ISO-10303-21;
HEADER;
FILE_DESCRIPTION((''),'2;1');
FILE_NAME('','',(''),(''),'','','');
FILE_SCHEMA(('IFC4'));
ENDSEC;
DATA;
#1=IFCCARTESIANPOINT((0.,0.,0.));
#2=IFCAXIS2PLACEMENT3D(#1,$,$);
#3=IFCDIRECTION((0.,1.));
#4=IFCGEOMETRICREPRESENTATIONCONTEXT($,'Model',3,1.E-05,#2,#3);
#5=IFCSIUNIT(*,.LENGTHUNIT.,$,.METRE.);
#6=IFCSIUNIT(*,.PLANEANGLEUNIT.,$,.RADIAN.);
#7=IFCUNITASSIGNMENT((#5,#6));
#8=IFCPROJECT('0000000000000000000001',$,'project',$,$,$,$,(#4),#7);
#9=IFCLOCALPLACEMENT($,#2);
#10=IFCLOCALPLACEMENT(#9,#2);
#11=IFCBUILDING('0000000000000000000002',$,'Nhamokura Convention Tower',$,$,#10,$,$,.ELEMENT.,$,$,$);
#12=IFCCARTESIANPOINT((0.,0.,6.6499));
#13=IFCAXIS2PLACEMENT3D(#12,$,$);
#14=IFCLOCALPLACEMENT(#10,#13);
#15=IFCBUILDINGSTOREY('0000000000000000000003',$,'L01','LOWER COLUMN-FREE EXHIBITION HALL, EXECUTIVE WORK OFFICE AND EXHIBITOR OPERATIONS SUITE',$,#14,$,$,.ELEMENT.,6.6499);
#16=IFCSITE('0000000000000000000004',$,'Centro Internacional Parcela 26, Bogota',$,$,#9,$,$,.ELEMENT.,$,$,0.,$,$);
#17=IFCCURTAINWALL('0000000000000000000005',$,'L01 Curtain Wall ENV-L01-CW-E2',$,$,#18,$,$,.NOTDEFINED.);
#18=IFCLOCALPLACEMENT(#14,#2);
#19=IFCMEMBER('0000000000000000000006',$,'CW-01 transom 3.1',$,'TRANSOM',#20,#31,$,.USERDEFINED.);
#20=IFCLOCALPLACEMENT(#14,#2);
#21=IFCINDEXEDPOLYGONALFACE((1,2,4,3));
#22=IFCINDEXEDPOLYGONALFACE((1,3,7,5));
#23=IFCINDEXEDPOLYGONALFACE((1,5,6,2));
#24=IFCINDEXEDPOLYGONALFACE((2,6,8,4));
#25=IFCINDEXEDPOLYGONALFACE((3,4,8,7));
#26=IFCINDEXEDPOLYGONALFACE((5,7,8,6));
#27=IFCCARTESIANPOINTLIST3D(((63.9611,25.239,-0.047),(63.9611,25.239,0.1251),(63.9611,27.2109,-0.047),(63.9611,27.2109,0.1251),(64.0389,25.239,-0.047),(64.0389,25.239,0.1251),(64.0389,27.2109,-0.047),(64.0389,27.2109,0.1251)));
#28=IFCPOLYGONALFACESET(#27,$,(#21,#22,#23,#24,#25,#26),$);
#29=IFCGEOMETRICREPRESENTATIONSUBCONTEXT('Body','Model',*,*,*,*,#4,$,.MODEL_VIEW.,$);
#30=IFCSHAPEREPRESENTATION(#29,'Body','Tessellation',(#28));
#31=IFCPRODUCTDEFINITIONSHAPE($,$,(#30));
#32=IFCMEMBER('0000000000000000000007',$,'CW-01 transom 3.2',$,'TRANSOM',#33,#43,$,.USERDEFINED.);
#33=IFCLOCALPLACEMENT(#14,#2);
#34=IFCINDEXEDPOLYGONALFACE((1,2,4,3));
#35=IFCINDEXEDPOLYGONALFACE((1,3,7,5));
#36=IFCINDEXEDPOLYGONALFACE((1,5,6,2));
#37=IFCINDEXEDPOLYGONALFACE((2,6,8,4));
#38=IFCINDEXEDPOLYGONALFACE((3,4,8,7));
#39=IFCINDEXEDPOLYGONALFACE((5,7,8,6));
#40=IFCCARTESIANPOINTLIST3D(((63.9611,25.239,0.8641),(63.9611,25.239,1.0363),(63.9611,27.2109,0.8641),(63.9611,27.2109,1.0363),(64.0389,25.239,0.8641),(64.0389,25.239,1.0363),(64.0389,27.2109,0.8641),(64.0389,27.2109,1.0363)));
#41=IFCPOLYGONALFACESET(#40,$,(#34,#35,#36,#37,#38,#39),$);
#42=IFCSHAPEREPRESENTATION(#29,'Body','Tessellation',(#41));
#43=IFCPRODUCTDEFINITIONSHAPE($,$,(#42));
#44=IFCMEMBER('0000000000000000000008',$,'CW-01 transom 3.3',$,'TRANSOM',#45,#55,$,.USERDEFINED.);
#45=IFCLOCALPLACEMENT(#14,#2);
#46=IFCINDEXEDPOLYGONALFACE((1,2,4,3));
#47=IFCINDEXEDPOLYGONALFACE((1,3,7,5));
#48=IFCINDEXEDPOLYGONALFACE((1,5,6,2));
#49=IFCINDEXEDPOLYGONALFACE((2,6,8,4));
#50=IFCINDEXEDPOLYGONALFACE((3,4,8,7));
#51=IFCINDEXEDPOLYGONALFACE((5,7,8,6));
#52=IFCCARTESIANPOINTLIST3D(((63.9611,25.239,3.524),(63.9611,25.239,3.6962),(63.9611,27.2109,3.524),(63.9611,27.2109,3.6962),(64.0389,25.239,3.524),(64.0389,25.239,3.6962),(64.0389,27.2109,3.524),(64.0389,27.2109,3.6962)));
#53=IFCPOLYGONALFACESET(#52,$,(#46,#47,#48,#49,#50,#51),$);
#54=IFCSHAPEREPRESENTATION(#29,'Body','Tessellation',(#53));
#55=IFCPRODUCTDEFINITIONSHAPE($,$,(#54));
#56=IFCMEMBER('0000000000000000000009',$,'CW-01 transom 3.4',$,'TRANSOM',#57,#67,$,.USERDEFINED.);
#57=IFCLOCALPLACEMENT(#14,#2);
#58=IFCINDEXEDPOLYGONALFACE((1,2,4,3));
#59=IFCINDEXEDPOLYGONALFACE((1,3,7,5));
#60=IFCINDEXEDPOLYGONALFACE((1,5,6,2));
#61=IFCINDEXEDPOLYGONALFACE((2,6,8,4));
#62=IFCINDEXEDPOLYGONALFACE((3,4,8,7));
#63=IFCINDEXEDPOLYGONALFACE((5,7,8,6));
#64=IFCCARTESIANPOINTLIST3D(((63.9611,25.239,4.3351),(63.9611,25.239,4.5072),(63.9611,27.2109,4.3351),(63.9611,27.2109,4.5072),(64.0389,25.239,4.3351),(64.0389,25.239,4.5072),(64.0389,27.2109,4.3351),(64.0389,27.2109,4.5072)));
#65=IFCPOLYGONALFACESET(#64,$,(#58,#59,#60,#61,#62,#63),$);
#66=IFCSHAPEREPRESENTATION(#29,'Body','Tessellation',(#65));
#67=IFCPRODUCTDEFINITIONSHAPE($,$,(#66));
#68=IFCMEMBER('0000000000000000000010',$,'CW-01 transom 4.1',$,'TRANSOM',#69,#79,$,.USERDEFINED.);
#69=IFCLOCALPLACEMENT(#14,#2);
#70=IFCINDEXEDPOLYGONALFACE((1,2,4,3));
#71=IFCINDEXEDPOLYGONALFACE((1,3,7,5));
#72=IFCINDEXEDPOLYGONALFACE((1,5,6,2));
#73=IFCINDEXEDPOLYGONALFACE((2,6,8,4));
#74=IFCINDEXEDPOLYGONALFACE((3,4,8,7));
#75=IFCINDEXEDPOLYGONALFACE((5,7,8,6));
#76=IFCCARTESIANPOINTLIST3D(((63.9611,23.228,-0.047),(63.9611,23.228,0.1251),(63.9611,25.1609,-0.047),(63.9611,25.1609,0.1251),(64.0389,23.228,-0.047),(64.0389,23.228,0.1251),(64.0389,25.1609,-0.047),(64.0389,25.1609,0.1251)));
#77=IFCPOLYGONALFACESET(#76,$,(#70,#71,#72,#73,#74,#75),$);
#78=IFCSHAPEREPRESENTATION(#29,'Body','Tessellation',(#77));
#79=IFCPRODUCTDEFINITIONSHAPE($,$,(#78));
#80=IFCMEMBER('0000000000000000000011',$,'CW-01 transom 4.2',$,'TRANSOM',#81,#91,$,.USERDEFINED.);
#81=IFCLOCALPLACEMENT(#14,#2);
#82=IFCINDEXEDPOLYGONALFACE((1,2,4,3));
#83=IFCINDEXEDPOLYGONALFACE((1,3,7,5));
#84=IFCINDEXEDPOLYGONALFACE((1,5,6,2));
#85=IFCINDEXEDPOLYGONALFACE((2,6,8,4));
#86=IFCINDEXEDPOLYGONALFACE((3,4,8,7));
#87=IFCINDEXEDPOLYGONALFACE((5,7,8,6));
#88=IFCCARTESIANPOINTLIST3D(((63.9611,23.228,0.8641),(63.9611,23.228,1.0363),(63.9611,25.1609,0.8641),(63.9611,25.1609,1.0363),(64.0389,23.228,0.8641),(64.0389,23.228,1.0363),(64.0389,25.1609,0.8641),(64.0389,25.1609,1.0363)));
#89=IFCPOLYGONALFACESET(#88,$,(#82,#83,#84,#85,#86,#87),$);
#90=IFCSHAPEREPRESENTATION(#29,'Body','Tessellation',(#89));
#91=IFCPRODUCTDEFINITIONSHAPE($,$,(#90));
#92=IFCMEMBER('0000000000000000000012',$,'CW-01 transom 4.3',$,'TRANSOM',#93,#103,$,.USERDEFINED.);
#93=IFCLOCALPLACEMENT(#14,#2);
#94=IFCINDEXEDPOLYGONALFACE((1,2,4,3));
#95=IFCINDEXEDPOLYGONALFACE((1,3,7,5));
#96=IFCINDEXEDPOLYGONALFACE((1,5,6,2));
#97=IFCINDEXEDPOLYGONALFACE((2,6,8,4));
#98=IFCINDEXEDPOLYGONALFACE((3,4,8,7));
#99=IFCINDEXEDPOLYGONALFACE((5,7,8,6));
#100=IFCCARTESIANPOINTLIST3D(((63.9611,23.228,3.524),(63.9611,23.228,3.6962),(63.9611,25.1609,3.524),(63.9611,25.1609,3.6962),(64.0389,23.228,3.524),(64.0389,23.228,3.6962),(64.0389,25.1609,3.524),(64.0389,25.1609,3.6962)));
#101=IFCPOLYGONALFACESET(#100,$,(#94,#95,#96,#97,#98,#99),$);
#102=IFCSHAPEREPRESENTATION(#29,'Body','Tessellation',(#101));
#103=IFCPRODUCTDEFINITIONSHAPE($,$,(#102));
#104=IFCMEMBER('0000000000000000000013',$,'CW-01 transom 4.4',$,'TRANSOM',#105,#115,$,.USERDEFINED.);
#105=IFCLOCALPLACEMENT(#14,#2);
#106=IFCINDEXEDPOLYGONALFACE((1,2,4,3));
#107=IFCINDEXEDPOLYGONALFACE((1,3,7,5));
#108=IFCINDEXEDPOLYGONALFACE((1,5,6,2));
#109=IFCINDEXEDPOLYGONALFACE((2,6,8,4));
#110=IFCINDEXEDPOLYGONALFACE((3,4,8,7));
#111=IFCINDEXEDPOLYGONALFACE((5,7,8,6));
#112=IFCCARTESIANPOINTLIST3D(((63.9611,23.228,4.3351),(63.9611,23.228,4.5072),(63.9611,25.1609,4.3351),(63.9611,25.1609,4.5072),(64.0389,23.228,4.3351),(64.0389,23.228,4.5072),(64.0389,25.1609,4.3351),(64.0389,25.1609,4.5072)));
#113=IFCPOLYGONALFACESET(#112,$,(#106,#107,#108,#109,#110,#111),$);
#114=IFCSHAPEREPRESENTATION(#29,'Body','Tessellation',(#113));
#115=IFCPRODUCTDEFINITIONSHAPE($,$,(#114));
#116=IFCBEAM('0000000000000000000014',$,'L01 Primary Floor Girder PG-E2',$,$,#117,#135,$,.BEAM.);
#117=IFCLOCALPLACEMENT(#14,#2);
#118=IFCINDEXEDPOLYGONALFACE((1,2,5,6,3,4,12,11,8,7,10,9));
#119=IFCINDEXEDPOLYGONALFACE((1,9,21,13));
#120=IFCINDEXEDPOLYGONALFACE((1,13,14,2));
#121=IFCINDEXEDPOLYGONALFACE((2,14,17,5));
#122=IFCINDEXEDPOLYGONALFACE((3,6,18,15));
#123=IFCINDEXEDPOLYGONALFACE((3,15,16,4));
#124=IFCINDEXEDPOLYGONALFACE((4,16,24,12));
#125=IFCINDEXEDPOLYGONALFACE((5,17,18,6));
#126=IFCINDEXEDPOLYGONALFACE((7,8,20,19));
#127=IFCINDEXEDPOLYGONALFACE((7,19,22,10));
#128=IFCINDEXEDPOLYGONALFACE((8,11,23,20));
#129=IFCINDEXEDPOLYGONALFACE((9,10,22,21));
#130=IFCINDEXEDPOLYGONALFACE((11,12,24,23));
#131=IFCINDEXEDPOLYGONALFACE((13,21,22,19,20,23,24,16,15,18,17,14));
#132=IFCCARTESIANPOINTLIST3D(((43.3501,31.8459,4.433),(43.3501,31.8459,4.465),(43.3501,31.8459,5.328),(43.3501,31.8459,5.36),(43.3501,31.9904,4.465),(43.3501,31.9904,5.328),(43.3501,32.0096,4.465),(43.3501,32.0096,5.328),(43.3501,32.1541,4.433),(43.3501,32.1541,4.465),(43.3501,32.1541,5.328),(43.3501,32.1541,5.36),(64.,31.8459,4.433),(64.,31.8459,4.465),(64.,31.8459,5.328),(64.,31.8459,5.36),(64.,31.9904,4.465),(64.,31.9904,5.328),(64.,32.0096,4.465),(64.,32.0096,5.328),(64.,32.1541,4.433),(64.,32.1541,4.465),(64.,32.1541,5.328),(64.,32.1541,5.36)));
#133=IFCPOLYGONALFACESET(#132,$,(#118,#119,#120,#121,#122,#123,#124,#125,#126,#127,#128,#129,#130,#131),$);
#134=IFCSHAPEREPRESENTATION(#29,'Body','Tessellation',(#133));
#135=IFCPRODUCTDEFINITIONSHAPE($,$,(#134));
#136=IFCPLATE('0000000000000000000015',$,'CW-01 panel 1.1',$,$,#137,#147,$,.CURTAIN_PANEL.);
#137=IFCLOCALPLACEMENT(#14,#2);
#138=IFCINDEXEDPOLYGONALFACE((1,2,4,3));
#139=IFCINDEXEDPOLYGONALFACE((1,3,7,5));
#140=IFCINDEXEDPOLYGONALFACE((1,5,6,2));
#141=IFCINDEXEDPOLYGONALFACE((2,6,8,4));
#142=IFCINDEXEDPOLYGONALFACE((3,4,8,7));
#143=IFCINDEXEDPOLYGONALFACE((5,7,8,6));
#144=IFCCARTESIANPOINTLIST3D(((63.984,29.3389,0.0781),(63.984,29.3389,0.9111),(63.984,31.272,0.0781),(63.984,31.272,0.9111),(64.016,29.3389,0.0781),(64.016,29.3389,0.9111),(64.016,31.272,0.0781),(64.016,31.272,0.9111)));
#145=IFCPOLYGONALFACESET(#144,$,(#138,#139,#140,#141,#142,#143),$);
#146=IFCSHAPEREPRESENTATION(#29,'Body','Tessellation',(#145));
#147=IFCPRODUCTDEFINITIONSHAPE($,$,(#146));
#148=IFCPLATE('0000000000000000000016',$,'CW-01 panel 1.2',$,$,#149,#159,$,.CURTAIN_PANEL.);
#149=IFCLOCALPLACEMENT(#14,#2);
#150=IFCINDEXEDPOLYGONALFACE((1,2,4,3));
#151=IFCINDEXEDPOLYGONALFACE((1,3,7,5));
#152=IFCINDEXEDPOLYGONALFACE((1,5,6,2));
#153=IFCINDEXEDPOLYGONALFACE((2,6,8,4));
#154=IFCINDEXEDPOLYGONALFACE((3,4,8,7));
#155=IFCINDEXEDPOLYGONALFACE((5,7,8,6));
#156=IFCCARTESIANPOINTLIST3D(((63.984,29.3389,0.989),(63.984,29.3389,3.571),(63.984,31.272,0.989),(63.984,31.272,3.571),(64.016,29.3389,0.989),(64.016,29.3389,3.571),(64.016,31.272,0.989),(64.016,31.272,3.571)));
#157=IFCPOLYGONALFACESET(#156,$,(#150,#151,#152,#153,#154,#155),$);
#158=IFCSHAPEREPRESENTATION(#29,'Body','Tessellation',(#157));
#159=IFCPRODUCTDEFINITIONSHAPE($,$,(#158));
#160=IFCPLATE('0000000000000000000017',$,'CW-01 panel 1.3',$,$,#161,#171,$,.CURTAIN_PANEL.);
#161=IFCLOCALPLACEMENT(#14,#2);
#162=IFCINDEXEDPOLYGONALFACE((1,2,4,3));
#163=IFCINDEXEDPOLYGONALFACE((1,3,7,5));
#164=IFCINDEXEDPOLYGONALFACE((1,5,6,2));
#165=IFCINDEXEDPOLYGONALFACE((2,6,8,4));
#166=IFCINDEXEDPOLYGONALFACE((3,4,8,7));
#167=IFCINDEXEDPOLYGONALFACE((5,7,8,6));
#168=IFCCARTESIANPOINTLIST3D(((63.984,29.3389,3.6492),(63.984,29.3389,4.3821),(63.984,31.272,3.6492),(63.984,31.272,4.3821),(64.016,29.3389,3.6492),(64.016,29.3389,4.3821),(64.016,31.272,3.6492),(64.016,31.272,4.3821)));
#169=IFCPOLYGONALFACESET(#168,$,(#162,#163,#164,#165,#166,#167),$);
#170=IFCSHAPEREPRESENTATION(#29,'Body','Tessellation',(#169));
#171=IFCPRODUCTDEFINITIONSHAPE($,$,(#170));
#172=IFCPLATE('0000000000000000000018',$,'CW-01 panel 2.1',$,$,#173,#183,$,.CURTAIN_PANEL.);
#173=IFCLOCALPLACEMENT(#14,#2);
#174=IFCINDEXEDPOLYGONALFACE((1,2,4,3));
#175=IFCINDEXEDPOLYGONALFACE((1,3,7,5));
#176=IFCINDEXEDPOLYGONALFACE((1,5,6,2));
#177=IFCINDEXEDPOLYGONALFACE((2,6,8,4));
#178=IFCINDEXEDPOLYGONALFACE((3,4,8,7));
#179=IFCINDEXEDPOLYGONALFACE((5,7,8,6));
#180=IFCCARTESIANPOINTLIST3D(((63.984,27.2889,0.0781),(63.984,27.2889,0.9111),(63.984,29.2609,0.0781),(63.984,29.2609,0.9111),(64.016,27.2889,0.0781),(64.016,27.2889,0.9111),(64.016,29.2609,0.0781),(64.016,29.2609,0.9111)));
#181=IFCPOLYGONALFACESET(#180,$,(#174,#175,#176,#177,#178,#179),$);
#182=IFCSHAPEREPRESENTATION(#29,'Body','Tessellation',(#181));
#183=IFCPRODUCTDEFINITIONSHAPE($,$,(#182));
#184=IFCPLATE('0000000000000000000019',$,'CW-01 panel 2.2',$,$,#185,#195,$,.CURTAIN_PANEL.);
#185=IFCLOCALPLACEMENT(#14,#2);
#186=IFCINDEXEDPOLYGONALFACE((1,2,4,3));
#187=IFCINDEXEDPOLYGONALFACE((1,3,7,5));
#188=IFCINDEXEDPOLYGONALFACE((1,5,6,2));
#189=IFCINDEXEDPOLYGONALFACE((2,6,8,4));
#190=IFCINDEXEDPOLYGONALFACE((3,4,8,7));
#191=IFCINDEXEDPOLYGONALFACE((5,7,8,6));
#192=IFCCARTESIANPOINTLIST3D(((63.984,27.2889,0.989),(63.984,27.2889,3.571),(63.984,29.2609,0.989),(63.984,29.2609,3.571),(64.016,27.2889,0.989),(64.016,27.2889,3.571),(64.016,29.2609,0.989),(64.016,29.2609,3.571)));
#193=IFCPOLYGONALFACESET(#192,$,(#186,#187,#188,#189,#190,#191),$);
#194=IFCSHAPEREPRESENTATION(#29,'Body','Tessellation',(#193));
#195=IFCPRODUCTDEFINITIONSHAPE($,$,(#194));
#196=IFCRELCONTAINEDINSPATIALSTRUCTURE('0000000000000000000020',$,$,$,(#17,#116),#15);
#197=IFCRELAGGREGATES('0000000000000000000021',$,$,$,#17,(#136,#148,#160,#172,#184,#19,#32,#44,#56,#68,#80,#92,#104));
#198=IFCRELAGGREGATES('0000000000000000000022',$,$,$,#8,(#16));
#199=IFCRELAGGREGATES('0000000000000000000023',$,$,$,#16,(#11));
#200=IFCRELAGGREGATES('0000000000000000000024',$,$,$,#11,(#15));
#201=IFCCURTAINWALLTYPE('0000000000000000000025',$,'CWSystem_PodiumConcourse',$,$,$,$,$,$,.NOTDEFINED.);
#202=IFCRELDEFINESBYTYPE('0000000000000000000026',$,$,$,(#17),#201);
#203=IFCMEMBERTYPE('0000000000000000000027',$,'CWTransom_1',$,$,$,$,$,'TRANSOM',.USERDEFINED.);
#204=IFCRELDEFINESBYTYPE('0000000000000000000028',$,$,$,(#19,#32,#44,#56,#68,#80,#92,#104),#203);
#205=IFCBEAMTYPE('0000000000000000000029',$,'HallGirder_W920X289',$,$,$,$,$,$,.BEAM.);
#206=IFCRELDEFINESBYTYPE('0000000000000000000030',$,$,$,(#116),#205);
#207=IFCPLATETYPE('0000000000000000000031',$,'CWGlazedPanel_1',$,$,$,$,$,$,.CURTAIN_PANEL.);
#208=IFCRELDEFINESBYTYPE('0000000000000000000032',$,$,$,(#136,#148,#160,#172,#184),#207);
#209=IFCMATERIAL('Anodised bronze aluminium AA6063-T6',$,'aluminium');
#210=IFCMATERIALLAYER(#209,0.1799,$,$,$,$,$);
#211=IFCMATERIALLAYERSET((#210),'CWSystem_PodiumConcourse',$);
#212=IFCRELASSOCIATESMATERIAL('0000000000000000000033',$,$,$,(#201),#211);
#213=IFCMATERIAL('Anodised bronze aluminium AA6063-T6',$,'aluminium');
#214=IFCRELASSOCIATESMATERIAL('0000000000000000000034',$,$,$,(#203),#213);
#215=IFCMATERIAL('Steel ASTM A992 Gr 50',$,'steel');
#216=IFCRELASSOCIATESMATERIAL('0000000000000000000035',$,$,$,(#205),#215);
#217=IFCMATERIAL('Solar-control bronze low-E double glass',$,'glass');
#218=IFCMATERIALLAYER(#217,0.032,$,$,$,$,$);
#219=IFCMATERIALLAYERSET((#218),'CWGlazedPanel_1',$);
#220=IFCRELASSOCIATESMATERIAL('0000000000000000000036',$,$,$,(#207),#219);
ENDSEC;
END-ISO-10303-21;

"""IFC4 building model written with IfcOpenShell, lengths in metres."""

from ifc_helpers import new_model, si_unit, direction, frame, origin, origin_2d, place, context, subcontext, project, spatial, rectangle, i_section, extrude, material, layer, layer_set, material_profile, profile_set, type_object, element, aggregate, save


model = new_model("IFC4")

# Units and contexts
model_context = context("Model", 3, precision=1e-05, world=origin(), true_north=direction((0.0, 1.0)))
body_context = subcontext(model_context, "Body", "Model", "MODEL_VIEW")
ifc_project = project(units=[si_unit("LENGTHUNIT", "METRE"), si_unit("PLANEANGLEUNIT", "RADIAN")], contexts=[model_context])

# Site, building, storey
site_placement = place(None, origin())
site = spatial("IfcSite", under=ifc_project, at=site_placement, Name="Centro Internacional Parcela 26, Bogota", CompositionType="ELEMENT", RefElevation=0.0)
building_placement = place(site_placement, origin())
building = spatial("IfcBuilding", under=site, at=building_placement, Name="Nhamokura Convention Tower", CompositionType="ELEMENT")
storey_placement = place(building_placement, frame((0.0, 0.0, 6.6499)))
storey = spatial("IfcBuildingStorey", under=building, at=storey_placement, Name="L01", Description="LOWER COLUMN-FREE EXHIBITION HALL, EXECUTIVE WORK OFFICE AND EXHIBITOR OPERATIONS SUITE", CompositionType="ELEMENT", Elevation=6.6499)

# Curtain wall, members
ifc_material_1 = material(Name="Anodised bronze aluminium AA6063-T6", Category="aluminium")
ifc_layer_1 = layer(ifc_material_1, 0.1799)
ifc_layer_set_1 = layer_set([ifc_layer_1], Name="CWSystem_PodiumConcourse")
curtain_wall_type = type_object("IfcCurtainWallType", Name="CWSystem_PodiumConcourse", PredefinedType="NOTDEFINED", material=ifc_layer_set_1)
curtain_wall_placement = place(storey_placement, origin())
curtain_wall = element("IfcCurtainWall", 1, at=curtain_wall_placement, inside=storey, type_object=curtain_wall_type, Name="L01 Curtain Wall ENV-L01-CW-E2", PredefinedType="NOTDEFINED")
ifc_material_2 = material(Name="Anodised bronze aluminium AA6063-T6", Category="aluminium")
ifc_material_profile_1 = material_profile(ifc_material_2, rectangle(XDim=0.0779, YDim=0.1721, at=origin_2d()))
ifc_profile_set_1 = profile_set([ifc_material_profile_1], Name="Anodised bronze aluminium AA6063-T6")
member_type_1 = type_object("IfcMemberType", Name="CWTransom_1", ElementType="TRANSOM", PredefinedType="USERDEFINED", material=ifc_profile_set_1)
member_1_placement = place(storey_placement, frame((64.0, 27.2109, 0.0391), z_axis=(0.0, -1.0, 0.0), x_axis=(1.0, 0.0, 0.0)))
member_1 = element("IfcMember", 2, at=member_1_placement, type_object=member_type_1, Name="CW-01 transom 3.1", ObjectType="TRANSOM", PredefinedType="USERDEFINED", context=body_context, shape_type="SweptSolid", body=[
    extrude(rectangle(XDim=0.0779, YDim=0.1721, at=origin_2d()), origin(), (0.0, 0.0, 1.0), 1.9719),
])
member_2_placement = place(storey_placement, frame((64.0, 27.2109, 0.9502), z_axis=(0.0, -1.0, 0.0), x_axis=(1.0, 0.0, 0.0)))
member_2 = element("IfcMember", 3, at=member_2_placement, type_object=member_type_1, Name="CW-01 transom 3.2", ObjectType="TRANSOM", PredefinedType="USERDEFINED", context=body_context, shape_type="SweptSolid", body=[
    extrude(rectangle(XDim=0.0779, YDim=0.1721, at=origin_2d()), origin(), (0.0, 0.0, 1.0), 1.9719),
])
member_3_placement = place(storey_placement, frame((64.0, 27.2109, 3.6101), z_axis=(0.0, -1.0, 0.0), x_axis=(1.0, 0.0, 0.0)))
member_3 = element("IfcMember", 4, at=member_3_placement, type_object=member_type_1, Name="CW-01 transom 3.3", ObjectType="TRANSOM", PredefinedType="USERDEFINED", context=body_context, shape_type="SweptSolid", body=[
    extrude(rectangle(XDim=0.0779, YDim=0.1721, at=origin_2d()), origin(), (0.0, 0.0, 1.0), 1.9719),
])
member_4_placement = place(storey_placement, frame((64.0, 27.2109, 4.4211), z_axis=(0.0, -1.0, 0.0), x_axis=(1.0, 0.0, 0.0)))
member_4 = element("IfcMember", 5, at=member_4_placement, type_object=member_type_1, Name="CW-01 transom 3.4", ObjectType="TRANSOM", PredefinedType="USERDEFINED", context=body_context, shape_type="SweptSolid", body=[
    extrude(rectangle(XDim=0.0779, YDim=0.1721, at=origin_2d()), origin(), (0.0, 0.0, 1.0), 1.9719),
])
member_5_placement = place(storey_placement, frame((64.0, 25.1609, 0.0391), z_axis=(0.0, -1.0, 0.0), x_axis=(1.0, 0.0, 0.0)))
member_5 = element("IfcMember", 6, at=member_5_placement, type_object=member_type_1, Name="CW-01 transom 4.1", ObjectType="TRANSOM", PredefinedType="USERDEFINED", context=body_context, shape_type="SweptSolid", body=[
    extrude(rectangle(XDim=0.0779, YDim=0.1721, at=origin_2d()), origin(), (0.0, 0.0, 1.0), 1.9329),
])
member_6_placement = place(storey_placement, frame((64.0, 25.1609, 0.9502), z_axis=(0.0, -1.0, 0.0), x_axis=(1.0, 0.0, 0.0)))
member_6 = element("IfcMember", 7, at=member_6_placement, type_object=member_type_1, Name="CW-01 transom 4.2", ObjectType="TRANSOM", PredefinedType="USERDEFINED", context=body_context, shape_type="SweptSolid", body=[
    extrude(rectangle(XDim=0.0779, YDim=0.1721, at=origin_2d()), origin(), (0.0, 0.0, 1.0), 1.9329),
])
member_7_placement = place(storey_placement, frame((64.0, 25.1609, 3.6101), z_axis=(0.0, -1.0, 0.0), x_axis=(1.0, 0.0, 0.0)))
member_7 = element("IfcMember", 8, at=member_7_placement, type_object=member_type_1, Name="CW-01 transom 4.3", ObjectType="TRANSOM", PredefinedType="USERDEFINED", context=body_context, shape_type="SweptSolid", body=[
    extrude(rectangle(XDim=0.0779, YDim=0.1721, at=origin_2d()), origin(), (0.0, 0.0, 1.0), 1.9329),
])
member_8_placement = place(storey_placement, frame((64.0, 25.1609, 4.4211), z_axis=(0.0, -1.0, 0.0), x_axis=(1.0, 0.0, 0.0)))
member_8 = element("IfcMember", 9, at=member_8_placement, type_object=member_type_1, Name="CW-01 transom 4.4", ObjectType="TRANSOM", PredefinedType="USERDEFINED", context=body_context, shape_type="SweptSolid", body=[
    extrude(rectangle(XDim=0.0779, YDim=0.1721, at=origin_2d()), origin(), (0.0, 0.0, 1.0), 1.9329),
])

# Beam
ifc_material_3 = material(Name="Steel ASTM A992 Gr 50", Category="steel")
ifc_material_profile_2 = material_profile(ifc_material_3, i_section(OverallWidth=0.3081, OverallDepth=0.927, WebThickness=0.0193, FlangeThickness=0.032, at=origin_2d()))
ifc_profile_set_2 = profile_set([ifc_material_profile_2], Name="Steel ASTM A992 Gr 50")
beam_type = type_object("IfcBeamType", Name="HallGirder_W920X289", PredefinedType="BEAM", material=ifc_profile_set_2)
beam_placement = place(storey_placement, frame((43.3501, 32.0, 4.8965), z_axis=(1.0, 0.0, 0.0), x_axis=(0.0, 1.0, 0.0)))
element("IfcBeam", 10, at=beam_placement, inside=storey, type_object=beam_type, Name="L01 Primary Floor Girder PG-E2", PredefinedType="BEAM", context=body_context, shape_type="SweptSolid", body=[
    extrude(i_section(OverallWidth=0.3081, OverallDepth=0.927, WebThickness=0.0193, FlangeThickness=0.032, at=origin_2d()), origin(), (0.0, 0.0, 1.0), 20.6499),
])

# Plates
ifc_material_4 = material(Name="Solar-control bronze low-E double glass", Category="glass")
ifc_layer_2 = layer(ifc_material_4, 0.032)
ifc_layer_set_2 = layer_set([ifc_layer_2], Name="CWGlazedPanel_1")
plate_type = type_object("IfcPlateType", Name="CWGlazedPanel_1", PredefinedType="CURTAIN_PANEL", material=ifc_layer_set_2)
plate_1_placement = place(storey_placement, frame((64.0, 30.3054, 0.0781), z_axis=(0.0, 0.0, 1.0), x_axis=(0.0, -1.0, 0.0)))
plate_1 = element("IfcPlate", 11, at=plate_1_placement, type_object=plate_type, Name="CW-01 panel 1.1", PredefinedType="CURTAIN_PANEL", context=body_context, shape_type="SweptSolid", body=[
    extrude(rectangle(XDim=1.9331, YDim=0.032, at=origin_2d()), origin(), (0.0, 0.0, 1.0), 0.833),
])
plate_2_placement = place(storey_placement, frame((64.0, 30.3054, 0.989), z_axis=(0.0, 0.0, 1.0), x_axis=(0.0, -1.0, 0.0)))
plate_2 = element("IfcPlate", 12, at=plate_2_placement, type_object=plate_type, Name="CW-01 panel 1.2", PredefinedType="CURTAIN_PANEL", context=body_context, shape_type="SweptSolid", body=[
    extrude(rectangle(XDim=1.9331, YDim=0.032, at=origin_2d()), origin(), (0.0, 0.0, 1.0), 2.582),
])
plate_3_placement = place(storey_placement, frame((64.0, 30.3054, 3.6492), z_axis=(0.0, 0.0, 1.0), x_axis=(0.0, -1.0, 0.0)))
plate_3 = element("IfcPlate", 13, at=plate_3_placement, type_object=plate_type, Name="CW-01 panel 1.3", PredefinedType="CURTAIN_PANEL", context=body_context, shape_type="SweptSolid", body=[
    extrude(rectangle(XDim=1.9331, YDim=0.032, at=origin_2d()), origin(), (0.0, 0.0, 1.0), 0.7329),
])
plate_4_placement = place(storey_placement, frame((64.0, 28.2749, 0.0781), z_axis=(0.0, 0.0, 1.0), x_axis=(0.0, -1.0, 0.0)))
plate_4 = element("IfcPlate", 14, at=plate_4_placement, type_object=plate_type, Name="CW-01 panel 2.1", PredefinedType="CURTAIN_PANEL", context=body_context, shape_type="SweptSolid", body=[
    extrude(rectangle(XDim=1.9719, YDim=0.032, at=origin_2d()), origin(), (0.0, 0.0, 1.0), 0.833),
])
plate_5_placement = place(storey_placement, frame((64.0, 28.2749, 0.989), z_axis=(0.0, 0.0, 1.0), x_axis=(0.0, -1.0, 0.0)))
plate_5 = element("IfcPlate", 15, at=plate_5_placement, type_object=plate_type, Name="CW-01 panel 2.2", PredefinedType="CURTAIN_PANEL", context=body_context, shape_type="SweptSolid", body=[
    extrude(rectangle(XDim=1.9719, YDim=0.032, at=origin_2d()), origin(), (0.0, 0.0, 1.0), 2.582),
])
aggregate(curtain_wall, [plate_1, plate_2, plate_3, plate_4, plate_5, member_1, member_2, member_3, member_4, member_5, member_6, member_7, member_8])

save(model, "model.ifc")
